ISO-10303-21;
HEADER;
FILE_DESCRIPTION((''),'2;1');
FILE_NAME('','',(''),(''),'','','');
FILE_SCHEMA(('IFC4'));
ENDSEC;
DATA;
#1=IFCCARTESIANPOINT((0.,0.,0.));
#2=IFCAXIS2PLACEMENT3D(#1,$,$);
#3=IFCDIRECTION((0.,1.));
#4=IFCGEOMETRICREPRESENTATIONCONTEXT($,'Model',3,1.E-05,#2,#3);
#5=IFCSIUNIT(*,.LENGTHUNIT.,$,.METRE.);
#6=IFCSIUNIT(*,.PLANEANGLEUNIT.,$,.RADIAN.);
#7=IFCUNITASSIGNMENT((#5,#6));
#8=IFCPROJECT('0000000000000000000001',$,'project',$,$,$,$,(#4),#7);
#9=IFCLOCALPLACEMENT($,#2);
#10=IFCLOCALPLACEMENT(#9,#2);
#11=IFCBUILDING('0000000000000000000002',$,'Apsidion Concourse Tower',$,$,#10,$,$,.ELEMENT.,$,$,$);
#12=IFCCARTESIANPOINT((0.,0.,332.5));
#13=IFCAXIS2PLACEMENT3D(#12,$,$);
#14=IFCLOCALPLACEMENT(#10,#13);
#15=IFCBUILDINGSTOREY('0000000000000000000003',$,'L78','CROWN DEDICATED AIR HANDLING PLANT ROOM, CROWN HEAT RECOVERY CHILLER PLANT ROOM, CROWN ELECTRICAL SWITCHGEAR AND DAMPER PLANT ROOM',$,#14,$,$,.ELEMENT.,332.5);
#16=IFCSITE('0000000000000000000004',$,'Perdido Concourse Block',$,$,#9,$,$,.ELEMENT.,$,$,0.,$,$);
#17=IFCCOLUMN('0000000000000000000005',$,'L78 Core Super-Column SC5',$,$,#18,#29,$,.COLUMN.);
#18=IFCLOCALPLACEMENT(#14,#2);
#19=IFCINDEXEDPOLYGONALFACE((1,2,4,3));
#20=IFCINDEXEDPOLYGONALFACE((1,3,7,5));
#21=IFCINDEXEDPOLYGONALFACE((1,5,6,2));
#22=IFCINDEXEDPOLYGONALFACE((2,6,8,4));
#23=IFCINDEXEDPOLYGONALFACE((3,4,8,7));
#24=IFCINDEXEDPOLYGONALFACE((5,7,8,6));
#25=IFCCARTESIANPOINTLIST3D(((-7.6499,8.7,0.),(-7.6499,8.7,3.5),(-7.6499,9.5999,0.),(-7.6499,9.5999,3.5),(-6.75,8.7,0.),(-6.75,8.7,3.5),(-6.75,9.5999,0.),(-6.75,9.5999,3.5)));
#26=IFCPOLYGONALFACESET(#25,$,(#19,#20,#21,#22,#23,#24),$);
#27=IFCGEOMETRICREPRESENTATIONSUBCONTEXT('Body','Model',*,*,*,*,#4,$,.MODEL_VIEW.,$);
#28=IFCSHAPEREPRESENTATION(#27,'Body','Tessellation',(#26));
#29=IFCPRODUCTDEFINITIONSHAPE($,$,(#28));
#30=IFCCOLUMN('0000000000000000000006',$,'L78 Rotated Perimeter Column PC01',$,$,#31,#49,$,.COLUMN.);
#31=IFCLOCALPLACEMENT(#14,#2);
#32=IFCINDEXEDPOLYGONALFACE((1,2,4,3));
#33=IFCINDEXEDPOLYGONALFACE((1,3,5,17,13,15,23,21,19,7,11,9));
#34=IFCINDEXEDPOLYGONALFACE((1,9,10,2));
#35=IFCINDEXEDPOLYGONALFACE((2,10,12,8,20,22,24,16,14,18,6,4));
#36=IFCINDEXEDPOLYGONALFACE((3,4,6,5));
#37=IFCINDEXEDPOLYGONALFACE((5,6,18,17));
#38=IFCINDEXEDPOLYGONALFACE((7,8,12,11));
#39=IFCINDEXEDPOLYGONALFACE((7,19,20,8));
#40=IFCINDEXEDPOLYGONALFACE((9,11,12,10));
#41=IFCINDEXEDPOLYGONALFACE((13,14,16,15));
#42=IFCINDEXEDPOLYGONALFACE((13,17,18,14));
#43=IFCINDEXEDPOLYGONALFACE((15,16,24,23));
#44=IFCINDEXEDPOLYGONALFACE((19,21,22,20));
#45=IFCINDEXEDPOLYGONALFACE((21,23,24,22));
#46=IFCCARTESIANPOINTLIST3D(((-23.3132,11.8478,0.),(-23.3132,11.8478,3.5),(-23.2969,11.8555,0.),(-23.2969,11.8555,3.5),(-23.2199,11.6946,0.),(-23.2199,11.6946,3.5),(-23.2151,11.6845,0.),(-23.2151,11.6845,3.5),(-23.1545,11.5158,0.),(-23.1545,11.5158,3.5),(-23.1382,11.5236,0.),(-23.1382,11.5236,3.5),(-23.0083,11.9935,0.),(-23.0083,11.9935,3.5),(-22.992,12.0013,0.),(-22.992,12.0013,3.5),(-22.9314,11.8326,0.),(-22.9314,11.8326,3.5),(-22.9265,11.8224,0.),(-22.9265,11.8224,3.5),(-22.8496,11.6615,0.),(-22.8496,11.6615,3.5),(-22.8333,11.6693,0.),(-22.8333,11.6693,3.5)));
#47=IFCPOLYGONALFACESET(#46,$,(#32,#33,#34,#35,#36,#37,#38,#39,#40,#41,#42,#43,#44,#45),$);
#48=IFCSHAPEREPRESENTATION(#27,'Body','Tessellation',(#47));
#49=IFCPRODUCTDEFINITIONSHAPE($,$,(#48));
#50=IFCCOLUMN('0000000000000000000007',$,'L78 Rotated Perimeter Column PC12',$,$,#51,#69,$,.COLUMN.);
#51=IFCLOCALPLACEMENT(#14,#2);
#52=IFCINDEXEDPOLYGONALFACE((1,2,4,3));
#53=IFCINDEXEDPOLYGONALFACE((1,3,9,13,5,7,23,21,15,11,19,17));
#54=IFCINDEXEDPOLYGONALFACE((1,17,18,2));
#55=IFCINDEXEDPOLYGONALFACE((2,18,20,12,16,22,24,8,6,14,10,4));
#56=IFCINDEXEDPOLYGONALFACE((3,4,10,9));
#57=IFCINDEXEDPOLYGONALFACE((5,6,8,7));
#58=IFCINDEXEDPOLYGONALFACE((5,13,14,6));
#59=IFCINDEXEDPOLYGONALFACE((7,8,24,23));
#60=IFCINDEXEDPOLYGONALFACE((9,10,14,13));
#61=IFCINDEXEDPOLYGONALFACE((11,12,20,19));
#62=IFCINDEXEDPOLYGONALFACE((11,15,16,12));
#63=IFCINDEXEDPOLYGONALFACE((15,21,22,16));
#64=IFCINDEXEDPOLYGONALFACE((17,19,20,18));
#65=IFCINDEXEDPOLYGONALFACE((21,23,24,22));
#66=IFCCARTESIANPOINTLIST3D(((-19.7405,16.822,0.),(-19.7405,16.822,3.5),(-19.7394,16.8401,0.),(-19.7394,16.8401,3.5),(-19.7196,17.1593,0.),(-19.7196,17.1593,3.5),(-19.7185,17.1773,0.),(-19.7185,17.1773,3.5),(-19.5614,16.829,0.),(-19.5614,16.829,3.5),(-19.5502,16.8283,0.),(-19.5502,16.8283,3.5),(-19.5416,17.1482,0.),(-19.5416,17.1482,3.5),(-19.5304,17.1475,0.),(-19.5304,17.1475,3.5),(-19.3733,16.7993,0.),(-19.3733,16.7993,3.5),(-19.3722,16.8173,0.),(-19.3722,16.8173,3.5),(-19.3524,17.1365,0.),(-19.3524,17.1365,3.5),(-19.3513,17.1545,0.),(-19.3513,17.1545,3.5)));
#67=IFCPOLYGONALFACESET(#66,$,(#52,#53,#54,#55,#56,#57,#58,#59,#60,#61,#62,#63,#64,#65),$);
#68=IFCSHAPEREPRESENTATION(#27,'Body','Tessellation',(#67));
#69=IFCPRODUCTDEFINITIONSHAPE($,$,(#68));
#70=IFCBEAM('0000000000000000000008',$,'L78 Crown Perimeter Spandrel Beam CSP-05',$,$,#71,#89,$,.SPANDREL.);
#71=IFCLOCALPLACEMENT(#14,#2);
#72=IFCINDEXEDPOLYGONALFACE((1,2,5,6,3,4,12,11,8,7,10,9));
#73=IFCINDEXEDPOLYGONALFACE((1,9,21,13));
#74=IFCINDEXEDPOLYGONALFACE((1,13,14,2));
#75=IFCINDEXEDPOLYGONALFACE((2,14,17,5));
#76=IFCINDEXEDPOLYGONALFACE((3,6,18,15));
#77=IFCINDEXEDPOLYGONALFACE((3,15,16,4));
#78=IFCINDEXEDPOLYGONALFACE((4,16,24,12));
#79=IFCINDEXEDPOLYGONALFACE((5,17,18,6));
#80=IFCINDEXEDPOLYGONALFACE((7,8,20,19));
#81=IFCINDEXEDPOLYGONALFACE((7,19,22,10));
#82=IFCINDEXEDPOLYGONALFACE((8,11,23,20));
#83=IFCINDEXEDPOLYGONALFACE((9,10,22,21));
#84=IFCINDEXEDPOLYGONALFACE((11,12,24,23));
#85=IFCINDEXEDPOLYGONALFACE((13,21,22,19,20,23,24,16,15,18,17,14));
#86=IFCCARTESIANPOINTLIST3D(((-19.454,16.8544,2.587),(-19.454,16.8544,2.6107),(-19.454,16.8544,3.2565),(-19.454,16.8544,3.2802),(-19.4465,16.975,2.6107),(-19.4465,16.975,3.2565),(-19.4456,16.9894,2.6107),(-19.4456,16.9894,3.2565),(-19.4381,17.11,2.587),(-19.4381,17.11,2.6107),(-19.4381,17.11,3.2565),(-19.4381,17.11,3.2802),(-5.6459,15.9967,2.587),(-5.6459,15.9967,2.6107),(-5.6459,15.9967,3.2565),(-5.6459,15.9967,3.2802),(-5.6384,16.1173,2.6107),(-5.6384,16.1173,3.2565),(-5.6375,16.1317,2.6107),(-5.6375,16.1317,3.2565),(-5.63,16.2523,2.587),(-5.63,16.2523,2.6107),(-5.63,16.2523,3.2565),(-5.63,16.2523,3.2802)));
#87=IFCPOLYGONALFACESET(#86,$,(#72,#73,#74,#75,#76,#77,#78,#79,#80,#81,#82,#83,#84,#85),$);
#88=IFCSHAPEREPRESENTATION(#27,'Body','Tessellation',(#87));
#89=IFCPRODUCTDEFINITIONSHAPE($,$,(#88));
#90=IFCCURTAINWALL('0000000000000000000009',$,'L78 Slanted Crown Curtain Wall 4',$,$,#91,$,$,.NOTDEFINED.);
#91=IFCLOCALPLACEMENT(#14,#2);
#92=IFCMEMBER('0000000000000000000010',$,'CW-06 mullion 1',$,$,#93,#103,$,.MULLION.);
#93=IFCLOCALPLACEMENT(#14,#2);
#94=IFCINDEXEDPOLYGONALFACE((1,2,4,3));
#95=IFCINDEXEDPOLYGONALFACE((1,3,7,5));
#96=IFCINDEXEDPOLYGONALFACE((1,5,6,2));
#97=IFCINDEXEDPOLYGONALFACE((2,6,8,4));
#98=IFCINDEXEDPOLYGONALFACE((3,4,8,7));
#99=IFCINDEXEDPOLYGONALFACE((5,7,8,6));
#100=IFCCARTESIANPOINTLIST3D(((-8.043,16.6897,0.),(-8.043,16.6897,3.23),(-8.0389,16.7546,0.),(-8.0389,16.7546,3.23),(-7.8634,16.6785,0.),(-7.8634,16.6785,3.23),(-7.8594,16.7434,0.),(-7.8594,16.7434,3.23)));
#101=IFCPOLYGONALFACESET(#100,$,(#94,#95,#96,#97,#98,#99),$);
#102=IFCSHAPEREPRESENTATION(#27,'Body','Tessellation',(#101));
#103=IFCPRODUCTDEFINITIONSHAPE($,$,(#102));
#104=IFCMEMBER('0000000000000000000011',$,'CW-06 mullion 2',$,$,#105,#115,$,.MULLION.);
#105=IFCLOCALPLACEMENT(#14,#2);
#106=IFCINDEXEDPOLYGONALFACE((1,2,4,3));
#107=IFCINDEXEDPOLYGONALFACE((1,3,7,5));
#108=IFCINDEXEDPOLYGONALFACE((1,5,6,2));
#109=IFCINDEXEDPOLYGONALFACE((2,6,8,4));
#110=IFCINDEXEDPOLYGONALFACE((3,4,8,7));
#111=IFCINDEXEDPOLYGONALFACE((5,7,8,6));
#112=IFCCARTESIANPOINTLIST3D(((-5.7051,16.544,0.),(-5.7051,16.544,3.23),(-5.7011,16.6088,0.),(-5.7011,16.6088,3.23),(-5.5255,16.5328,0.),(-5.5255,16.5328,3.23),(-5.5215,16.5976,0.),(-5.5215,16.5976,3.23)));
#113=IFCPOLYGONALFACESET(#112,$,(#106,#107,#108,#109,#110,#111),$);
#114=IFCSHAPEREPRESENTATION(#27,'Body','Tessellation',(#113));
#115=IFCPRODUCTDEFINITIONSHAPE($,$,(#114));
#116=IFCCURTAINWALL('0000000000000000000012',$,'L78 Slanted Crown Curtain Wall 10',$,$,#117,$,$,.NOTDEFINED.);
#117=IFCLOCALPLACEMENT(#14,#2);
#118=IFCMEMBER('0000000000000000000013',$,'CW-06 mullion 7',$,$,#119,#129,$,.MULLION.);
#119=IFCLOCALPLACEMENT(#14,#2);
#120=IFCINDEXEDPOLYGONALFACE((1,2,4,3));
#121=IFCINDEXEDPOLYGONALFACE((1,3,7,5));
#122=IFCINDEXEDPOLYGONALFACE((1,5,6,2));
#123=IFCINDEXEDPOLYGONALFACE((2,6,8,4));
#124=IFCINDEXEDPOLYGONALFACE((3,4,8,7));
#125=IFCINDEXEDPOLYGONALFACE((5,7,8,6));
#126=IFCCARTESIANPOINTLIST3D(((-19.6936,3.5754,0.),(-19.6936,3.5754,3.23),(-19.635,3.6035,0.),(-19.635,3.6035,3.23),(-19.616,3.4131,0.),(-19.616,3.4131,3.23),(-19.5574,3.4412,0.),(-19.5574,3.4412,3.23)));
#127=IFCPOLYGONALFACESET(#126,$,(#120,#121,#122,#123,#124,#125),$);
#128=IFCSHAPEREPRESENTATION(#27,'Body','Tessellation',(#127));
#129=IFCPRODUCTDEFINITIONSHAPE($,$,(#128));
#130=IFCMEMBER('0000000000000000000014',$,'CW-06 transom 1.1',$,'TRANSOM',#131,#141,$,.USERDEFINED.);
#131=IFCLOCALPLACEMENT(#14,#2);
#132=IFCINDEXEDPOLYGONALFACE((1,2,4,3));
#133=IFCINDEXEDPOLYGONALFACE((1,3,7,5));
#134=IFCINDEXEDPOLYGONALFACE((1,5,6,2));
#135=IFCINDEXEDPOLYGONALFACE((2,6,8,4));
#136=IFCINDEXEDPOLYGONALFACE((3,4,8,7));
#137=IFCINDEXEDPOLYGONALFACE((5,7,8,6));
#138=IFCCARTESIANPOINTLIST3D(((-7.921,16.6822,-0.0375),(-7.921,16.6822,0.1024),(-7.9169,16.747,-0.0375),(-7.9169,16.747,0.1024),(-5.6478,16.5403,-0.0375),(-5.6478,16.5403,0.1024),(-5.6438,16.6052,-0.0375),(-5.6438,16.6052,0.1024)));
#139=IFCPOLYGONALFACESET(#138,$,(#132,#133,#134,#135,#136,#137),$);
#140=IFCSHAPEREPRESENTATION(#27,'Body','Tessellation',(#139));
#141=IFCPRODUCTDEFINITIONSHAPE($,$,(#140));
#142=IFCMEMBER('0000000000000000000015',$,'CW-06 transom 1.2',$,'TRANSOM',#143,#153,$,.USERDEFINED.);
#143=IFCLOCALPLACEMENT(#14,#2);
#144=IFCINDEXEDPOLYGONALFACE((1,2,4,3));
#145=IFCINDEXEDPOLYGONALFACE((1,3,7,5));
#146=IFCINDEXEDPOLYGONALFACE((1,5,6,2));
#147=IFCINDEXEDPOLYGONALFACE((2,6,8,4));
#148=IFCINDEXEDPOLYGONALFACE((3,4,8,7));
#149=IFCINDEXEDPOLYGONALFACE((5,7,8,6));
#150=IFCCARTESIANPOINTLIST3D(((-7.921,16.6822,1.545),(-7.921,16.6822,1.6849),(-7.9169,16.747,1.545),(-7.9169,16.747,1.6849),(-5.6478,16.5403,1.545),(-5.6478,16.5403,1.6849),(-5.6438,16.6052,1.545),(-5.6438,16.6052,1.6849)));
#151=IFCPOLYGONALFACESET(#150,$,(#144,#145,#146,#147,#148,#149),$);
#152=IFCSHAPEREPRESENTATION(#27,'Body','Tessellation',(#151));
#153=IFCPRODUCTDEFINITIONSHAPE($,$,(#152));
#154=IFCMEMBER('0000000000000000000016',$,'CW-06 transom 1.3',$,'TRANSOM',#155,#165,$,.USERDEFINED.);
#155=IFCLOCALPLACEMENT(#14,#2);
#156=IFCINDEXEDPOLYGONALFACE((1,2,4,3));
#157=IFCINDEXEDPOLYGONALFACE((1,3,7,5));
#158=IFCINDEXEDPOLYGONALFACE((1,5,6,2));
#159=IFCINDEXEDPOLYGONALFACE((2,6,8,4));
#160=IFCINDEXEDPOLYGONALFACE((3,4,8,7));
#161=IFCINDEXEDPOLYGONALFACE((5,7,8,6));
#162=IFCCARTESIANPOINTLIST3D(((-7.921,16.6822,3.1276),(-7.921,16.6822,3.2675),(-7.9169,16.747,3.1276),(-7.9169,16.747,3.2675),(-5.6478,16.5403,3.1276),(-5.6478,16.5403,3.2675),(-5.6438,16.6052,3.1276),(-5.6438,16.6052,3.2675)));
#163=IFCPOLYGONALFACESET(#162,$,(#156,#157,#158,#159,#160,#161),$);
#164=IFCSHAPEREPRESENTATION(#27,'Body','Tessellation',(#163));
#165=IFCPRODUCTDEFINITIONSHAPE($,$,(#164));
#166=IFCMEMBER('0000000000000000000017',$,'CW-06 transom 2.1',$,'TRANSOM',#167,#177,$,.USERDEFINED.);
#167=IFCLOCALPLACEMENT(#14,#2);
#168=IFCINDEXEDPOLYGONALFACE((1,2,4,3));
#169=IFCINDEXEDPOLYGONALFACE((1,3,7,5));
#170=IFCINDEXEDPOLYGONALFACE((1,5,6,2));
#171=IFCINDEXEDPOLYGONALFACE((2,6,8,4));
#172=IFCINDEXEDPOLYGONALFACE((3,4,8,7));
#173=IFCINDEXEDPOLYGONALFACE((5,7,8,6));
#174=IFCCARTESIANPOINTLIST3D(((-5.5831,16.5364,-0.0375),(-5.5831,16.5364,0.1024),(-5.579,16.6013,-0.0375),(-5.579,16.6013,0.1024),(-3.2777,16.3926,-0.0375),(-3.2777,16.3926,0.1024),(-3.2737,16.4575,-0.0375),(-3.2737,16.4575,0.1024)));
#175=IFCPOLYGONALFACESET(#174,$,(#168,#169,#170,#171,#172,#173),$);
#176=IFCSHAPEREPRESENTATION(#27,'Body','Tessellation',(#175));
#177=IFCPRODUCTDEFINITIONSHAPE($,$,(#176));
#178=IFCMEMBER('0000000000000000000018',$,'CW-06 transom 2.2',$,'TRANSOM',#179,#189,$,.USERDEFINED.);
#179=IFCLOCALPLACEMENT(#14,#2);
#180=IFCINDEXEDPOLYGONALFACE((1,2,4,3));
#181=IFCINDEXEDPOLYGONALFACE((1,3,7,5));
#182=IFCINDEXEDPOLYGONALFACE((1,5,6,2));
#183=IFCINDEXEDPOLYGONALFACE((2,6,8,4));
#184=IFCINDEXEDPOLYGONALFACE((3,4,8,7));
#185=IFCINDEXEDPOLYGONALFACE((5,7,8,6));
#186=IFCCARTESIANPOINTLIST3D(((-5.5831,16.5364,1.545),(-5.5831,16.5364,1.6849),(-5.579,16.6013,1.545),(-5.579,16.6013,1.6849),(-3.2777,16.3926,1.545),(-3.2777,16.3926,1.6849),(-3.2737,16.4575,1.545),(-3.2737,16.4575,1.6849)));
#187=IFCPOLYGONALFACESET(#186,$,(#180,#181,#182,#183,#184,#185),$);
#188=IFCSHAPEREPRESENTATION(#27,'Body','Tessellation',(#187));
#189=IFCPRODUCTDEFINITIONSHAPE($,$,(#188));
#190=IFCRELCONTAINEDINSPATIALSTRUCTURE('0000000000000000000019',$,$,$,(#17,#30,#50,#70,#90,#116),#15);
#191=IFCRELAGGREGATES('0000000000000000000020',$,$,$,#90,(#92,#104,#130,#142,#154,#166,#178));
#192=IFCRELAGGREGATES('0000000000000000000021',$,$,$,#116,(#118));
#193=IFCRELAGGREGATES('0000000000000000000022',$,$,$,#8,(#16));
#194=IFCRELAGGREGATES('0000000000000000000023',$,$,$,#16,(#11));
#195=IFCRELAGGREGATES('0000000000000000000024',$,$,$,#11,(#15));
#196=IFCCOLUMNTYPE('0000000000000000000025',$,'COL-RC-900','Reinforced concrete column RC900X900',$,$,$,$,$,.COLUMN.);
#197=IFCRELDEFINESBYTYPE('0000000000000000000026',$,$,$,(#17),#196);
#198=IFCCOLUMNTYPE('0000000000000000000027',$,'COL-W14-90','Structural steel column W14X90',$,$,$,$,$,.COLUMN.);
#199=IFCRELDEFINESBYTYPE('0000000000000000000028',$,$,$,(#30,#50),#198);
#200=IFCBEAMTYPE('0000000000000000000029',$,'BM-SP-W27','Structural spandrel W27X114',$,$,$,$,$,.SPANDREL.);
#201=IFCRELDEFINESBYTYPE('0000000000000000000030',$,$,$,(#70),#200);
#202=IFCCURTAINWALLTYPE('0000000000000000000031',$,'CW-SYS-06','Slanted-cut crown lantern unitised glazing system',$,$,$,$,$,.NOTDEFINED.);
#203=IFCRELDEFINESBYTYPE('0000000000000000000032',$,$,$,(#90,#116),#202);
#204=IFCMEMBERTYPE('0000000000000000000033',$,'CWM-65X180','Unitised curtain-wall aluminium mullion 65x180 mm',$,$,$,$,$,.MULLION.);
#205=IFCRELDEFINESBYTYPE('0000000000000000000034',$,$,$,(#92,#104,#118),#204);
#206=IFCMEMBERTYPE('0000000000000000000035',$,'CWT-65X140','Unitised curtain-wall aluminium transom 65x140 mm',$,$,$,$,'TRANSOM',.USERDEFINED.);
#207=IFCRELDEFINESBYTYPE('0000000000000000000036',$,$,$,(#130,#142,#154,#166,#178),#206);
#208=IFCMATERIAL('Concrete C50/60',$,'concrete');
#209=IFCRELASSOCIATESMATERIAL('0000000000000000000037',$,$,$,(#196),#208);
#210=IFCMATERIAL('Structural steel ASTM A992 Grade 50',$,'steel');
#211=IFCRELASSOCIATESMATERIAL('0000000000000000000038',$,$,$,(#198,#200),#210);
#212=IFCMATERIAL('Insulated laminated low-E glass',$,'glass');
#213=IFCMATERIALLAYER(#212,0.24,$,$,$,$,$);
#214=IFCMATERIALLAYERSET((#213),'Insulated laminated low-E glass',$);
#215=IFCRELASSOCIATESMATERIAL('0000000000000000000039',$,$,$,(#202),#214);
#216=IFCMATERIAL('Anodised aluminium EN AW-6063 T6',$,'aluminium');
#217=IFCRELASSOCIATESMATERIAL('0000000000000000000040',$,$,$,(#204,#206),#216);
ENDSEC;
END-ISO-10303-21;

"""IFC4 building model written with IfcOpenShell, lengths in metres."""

from ifc_helpers import new_model, si_unit, direction, frame, origin, origin_2d, place, context, subcontext, project, spatial, rectangle, i_section, extrude, material, layer, layer_set, material_profile, profile_set, type_object, element, aggregate, save


model = new_model("IFC4")

# Units and contexts
model_context = context("Model", 3, precision=1e-05, world=origin(), true_north=direction((0.0, 1.0)))
body_context = subcontext(model_context, "Body", "Model", "MODEL_VIEW")
ifc_project = project(units=[si_unit("LENGTHUNIT", "METRE"), si_unit("PLANEANGLEUNIT", "RADIAN")], contexts=[model_context])

# Site, building, storey
site_placement = place(None, origin())
site = spatial("IfcSite", under=ifc_project, at=site_placement, Name="Perdido Concourse Block", CompositionType="ELEMENT", RefElevation=0.0)
building_placement = place(site_placement, origin())
building = spatial("IfcBuilding", under=site, at=building_placement, Name="Apsidion Concourse Tower", CompositionType="ELEMENT")
storey_placement = place(building_placement, frame((0.0, 0.0, 332.5)))
storey = spatial("IfcBuildingStorey", under=building, at=storey_placement, Name="L78", Description="CROWN DEDICATED AIR HANDLING PLANT ROOM, CROWN HEAT RECOVERY CHILLER PLANT ROOM, CROWN ELECTRICAL SWITCHGEAR AND DAMPER PLANT ROOM", CompositionType="ELEMENT", Elevation=332.5)

# Columns
ifc_material_1 = material(Name="Concrete C50/60", Category="concrete")
ifc_material_profile_1 = material_profile(ifc_material_1, rectangle(XDim=0.8999, YDim=0.8999, at=origin_2d()), Name="RC 900x900")
ifc_profile_set_1 = profile_set([ifc_material_profile_1], Name="Concrete C50/60")
column_type_1 = type_object("IfcColumnType", Name="COL-RC-900", Description="Reinforced concrete column RC900X900", PredefinedType="COLUMN", material=ifc_profile_set_1)
column_placement = place(storey_placement, frame((-7.2, 9.1499, 0.0), z_axis=(0.0, 0.0, 1.0), x_axis=(1.0, 0.0, 0.0)))
element("IfcColumn", 1, at=column_placement, inside=storey, type_object=column_type_1, Name="L78 Core Super-Column SC5", PredefinedType="COLUMN", context=body_context, shape_type="SweptSolid", body=[
    extrude(rectangle(XDim=0.8999, YDim=0.8999, at=origin_2d()), origin(), (0.0, 0.0, 1.0), 3.5),
])
ifc_material_2 = material(Name="Structural steel ASTM A992 Grade 50", Category="steel")
ifc_material_profile_2 = material_profile(ifc_material_2, i_section(OverallWidth=0.3679, OverallDepth=0.356, WebThickness=0.0112, FlangeThickness=0.0181, at=origin_2d()), Name="W14X90")
ifc_profile_set_2 = profile_set([ifc_material_profile_2], Name="Structural steel ASTM A992 Grade 50")
column_type_2 = type_object("IfcColumnType", Name="COL-W14-90", Description="Structural steel column W14X90", PredefinedType="COLUMN", material=ifc_profile_set_2)
for number, where, z_axis, x_axis, name in (
    (2, (-23.0732, 11.7585, 0.0), (0.0, 0.0, 1.0), (-0.431299, 0.902209, 0.0), "L78 Rotated Perimeter Column PC01"),
    (3, (-19.5459, 16.9883, 0.0), (0.0, 0.0, 1.0), (-0.998081, 0.06192, 0.0), "L78 Rotated Perimeter Column PC12"),
):
    element("IfcColumn", number, at=place(storey_placement, frame(where, z_axis=z_axis, x_axis=x_axis)), inside=storey, type_object=column_type_2, Name=name, PredefinedType="COLUMN", context=body_context, shape_type="SweptSolid", body=[
        extrude(i_section(OverallWidth=0.3679, OverallDepth=0.356, WebThickness=0.0112, FlangeThickness=0.0181, at=origin_2d()), origin(), (0.0, 0.0, 1.0), 3.5),
    ])

# Beam
ifc_material_profile_3 = material_profile(ifc_material_2, i_section(OverallWidth=0.2561, OverallDepth=0.6931, WebThickness=0.0144, FlangeThickness=0.0237, at=origin_2d()), Name="W27X114")
ifc_profile_set_3 = profile_set([ifc_material_profile_3], Name="Structural steel ASTM A992 Grade 50")
beam_type = type_object("IfcBeamType", Name="BM-SP-W27", Description="Structural spandrel W27X114", PredefinedType="SPANDREL", material=ifc_profile_set_3)
beam_placement = place(storey_placement, frame((-5.6379, 16.1245, 2.9336), z_axis=(-0.998077, 0.061994, 0.0), x_axis=(-0.061994, -0.998077, 0.0)))
element("IfcBeam", 4, at=beam_placement, inside=storey, type_object=beam_type, Name="L78 Crown Perimeter Spandrel Beam CSP-05", PredefinedType="SPANDREL", context=body_context, shape_type="SweptSolid", body=[
    extrude(i_section(OverallWidth=0.2561, OverallDepth=0.6931, WebThickness=0.0144, FlangeThickness=0.0237, at=origin_2d()), origin(), (0.0, 0.0, 1.0), 13.8347),
])

# Curtain wall, members
ifc_material_3 = material(Name="Insulated laminated low-E glass", Category="glass")
ifc_layer_1 = layer(ifc_material_3, 0.24)
ifc_layer_set_1 = layer_set([ifc_layer_1], Name="Insulated laminated low-E glass")
curtain_wall_type = type_object("IfcCurtainWallType", Name="CW-SYS-06", Description="Slanted-cut crown lantern unitised glazing system", PredefinedType="NOTDEFINED", material=ifc_layer_set_1)
curtain_wall_1_placement = place(storey_placement, origin())
curtain_wall_1 = element("IfcCurtainWall", 5, at=curtain_wall_1_placement, inside=storey, type_object=curtain_wall_type, Name="L78 Slanted Crown Curtain Wall 4", PredefinedType="NOTDEFINED")
ifc_material_4 = material(Name="Anodised aluminium EN AW-6063 T6", Category="aluminium")
ifc_material_profile_4 = material_profile(ifc_material_4, rectangle(XDim=0.0649, YDim=0.1799, at=origin_2d()), Name="ALU MULLION 65x180")
ifc_profile_set_4 = profile_set([ifc_material_profile_4], Name="Anodised aluminium EN AW-6063 T6")
member_type_1 = type_object("IfcMemberType", Name="CWM-65X180", Description="Unitised curtain-wall aluminium mullion 65x180 mm", PredefinedType="MULLION", material=ifc_profile_set_4)
member_1_placement = place(storey_placement, frame((-7.9512, 16.7166, 0.0), z_axis=(0.0, 0.0, 1.0), x_axis=(0.062245, 0.998061, 0.0)))
member_1 = element("IfcMember", 6, at=member_1_placement, type_object=member_type_1, Name="CW-06 mullion 1", PredefinedType="MULLION", context=body_context, shape_type="SweptSolid", body=[
    extrude(rectangle(XDim=0.0649, YDim=0.1799, at=origin_2d()), origin(), (0.0, 0.0, 1.0), 3.23),
])
member_2_placement = place(storey_placement, frame((-5.6133, 16.5708, 0.0), z_axis=(0.0, 0.0, 1.0), x_axis=(0.062245, 0.998061, 0.0)))
member_2 = element("IfcMember", 7, at=member_2_placement, type_object=member_type_1, Name="CW-06 mullion 2", PredefinedType="MULLION", context=body_context, shape_type="SweptSolid", body=[
    extrude(rectangle(XDim=0.0649, YDim=0.1799, at=origin_2d()), origin(), (0.0, 0.0, 1.0), 3.23),
])

# Curtain wall, member
curtain_wall_2_placement = place(storey_placement, origin())
curtain_wall_2 = element("IfcCurtainWall", 8, at=curtain_wall_2_placement, inside=storey, type_object=curtain_wall_type, Name="L78 Slanted Crown Curtain Wall 10", PredefinedType="NOTDEFINED")
member_3_placement = place(storey_placement, frame((-19.6255, 3.5083, 0.0), z_axis=(0.0, 0.0, 1.0), x_axis=(-0.902067, -0.431596, 0.0)))
member_3 = element("IfcMember", 9, at=member_3_placement, type_object=member_type_1, Name="CW-06 mullion 7", PredefinedType="MULLION", context=body_context, shape_type="SweptSolid", body=[
    extrude(rectangle(XDim=0.0649, YDim=0.1799, at=origin_2d()), origin(), (0.0, 0.0, 1.0), 3.23),
])

# Members
ifc_material_profile_5 = material_profile(ifc_material_4, rectangle(XDim=0.0649, YDim=0.1399, at=origin_2d()), Name="ALU TRANSOM 65x140")
ifc_profile_set_5 = profile_set([ifc_material_profile_5], Name="Anodised aluminium EN AW-6063 T6")
member_type_2 = type_object("IfcMemberType", Name="CWT-65X140", Description="Unitised curtain-wall aluminium transom 65x140 mm", ElementType="TRANSOM", PredefinedType="USERDEFINED", material=ifc_profile_set_5)
member_4_placement = place(storey_placement, frame((-7.9189, 16.7146, 0.0325), z_axis=(0.998059, -0.062278, 0.0), x_axis=(0.062278, 0.998059, 0.0)))
member_4 = element("IfcMember", 10, at=member_4_placement, type_object=member_type_2, Name="CW-06 transom 1.1", ObjectType="TRANSOM", PredefinedType="USERDEFINED", context=body_context, shape_type="SweptSolid", body=[
    extrude(rectangle(XDim=0.0649, YDim=0.1399, at=origin_2d()), origin(), (0.0, 0.0, 1.0), 2.2776),
])
member_5_placement = place(storey_placement, frame((-7.9189, 16.7146, 1.615), z_axis=(0.998059, -0.062278, 0.0), x_axis=(0.062278, 0.998059, 0.0)))
member_5 = element("IfcMember", 11, at=member_5_placement, type_object=member_type_2, Name="CW-06 transom 1.2", ObjectType="TRANSOM", PredefinedType="USERDEFINED", context=body_context, shape_type="SweptSolid", body=[
    extrude(rectangle(XDim=0.0649, YDim=0.1399, at=origin_2d()), origin(), (0.0, 0.0, 1.0), 2.2776),
])
member_6_placement = place(storey_placement, frame((-7.9189, 16.7146, 3.1975), z_axis=(0.998059, -0.062278, 0.0), x_axis=(0.062278, 0.998059, 0.0)))
member_6 = element("IfcMember", 12, at=member_6_placement, type_object=member_type_2, Name="CW-06 transom 1.3", ObjectType="TRANSOM", PredefinedType="USERDEFINED", context=body_context, shape_type="SweptSolid", body=[
    extrude(rectangle(XDim=0.0649, YDim=0.1399, at=origin_2d()), origin(), (0.0, 0.0, 1.0), 2.2776),
])
member_7_placement = place(storey_placement, frame((-5.5811, 16.5688, 0.0325), z_axis=(0.99806, -0.062253, 0.0), x_axis=(0.062253, 0.99806, 0.0)))
member_7 = element("IfcMember", 13, at=member_7_placement, type_object=member_type_2, Name="CW-06 transom 2.1", ObjectType="TRANSOM", PredefinedType="USERDEFINED", context=body_context, shape_type="SweptSolid", body=[
    extrude(rectangle(XDim=0.0649, YDim=0.1399, at=origin_2d()), origin(), (0.0, 0.0, 1.0), 2.3098),
])
member_8_placement = place(storey_placement, frame((-5.5811, 16.5688, 1.615), z_axis=(0.99806, -0.062253, 0.0), x_axis=(0.062253, 0.99806, 0.0)))
member_8 = element("IfcMember", 14, at=member_8_placement, type_object=member_type_2, Name="CW-06 transom 2.2", ObjectType="TRANSOM", PredefinedType="USERDEFINED", context=body_context, shape_type="SweptSolid", body=[
    extrude(rectangle(XDim=0.0649, YDim=0.1399, at=origin_2d()), origin(), (0.0, 0.0, 1.0), 2.3098),
])

aggregate(curtain_wall_1, [member_1, member_2, member_4, member_5, member_6, member_7, member_8])
aggregate(curtain_wall_2, [member_3])

save(model, "model.ifc")
